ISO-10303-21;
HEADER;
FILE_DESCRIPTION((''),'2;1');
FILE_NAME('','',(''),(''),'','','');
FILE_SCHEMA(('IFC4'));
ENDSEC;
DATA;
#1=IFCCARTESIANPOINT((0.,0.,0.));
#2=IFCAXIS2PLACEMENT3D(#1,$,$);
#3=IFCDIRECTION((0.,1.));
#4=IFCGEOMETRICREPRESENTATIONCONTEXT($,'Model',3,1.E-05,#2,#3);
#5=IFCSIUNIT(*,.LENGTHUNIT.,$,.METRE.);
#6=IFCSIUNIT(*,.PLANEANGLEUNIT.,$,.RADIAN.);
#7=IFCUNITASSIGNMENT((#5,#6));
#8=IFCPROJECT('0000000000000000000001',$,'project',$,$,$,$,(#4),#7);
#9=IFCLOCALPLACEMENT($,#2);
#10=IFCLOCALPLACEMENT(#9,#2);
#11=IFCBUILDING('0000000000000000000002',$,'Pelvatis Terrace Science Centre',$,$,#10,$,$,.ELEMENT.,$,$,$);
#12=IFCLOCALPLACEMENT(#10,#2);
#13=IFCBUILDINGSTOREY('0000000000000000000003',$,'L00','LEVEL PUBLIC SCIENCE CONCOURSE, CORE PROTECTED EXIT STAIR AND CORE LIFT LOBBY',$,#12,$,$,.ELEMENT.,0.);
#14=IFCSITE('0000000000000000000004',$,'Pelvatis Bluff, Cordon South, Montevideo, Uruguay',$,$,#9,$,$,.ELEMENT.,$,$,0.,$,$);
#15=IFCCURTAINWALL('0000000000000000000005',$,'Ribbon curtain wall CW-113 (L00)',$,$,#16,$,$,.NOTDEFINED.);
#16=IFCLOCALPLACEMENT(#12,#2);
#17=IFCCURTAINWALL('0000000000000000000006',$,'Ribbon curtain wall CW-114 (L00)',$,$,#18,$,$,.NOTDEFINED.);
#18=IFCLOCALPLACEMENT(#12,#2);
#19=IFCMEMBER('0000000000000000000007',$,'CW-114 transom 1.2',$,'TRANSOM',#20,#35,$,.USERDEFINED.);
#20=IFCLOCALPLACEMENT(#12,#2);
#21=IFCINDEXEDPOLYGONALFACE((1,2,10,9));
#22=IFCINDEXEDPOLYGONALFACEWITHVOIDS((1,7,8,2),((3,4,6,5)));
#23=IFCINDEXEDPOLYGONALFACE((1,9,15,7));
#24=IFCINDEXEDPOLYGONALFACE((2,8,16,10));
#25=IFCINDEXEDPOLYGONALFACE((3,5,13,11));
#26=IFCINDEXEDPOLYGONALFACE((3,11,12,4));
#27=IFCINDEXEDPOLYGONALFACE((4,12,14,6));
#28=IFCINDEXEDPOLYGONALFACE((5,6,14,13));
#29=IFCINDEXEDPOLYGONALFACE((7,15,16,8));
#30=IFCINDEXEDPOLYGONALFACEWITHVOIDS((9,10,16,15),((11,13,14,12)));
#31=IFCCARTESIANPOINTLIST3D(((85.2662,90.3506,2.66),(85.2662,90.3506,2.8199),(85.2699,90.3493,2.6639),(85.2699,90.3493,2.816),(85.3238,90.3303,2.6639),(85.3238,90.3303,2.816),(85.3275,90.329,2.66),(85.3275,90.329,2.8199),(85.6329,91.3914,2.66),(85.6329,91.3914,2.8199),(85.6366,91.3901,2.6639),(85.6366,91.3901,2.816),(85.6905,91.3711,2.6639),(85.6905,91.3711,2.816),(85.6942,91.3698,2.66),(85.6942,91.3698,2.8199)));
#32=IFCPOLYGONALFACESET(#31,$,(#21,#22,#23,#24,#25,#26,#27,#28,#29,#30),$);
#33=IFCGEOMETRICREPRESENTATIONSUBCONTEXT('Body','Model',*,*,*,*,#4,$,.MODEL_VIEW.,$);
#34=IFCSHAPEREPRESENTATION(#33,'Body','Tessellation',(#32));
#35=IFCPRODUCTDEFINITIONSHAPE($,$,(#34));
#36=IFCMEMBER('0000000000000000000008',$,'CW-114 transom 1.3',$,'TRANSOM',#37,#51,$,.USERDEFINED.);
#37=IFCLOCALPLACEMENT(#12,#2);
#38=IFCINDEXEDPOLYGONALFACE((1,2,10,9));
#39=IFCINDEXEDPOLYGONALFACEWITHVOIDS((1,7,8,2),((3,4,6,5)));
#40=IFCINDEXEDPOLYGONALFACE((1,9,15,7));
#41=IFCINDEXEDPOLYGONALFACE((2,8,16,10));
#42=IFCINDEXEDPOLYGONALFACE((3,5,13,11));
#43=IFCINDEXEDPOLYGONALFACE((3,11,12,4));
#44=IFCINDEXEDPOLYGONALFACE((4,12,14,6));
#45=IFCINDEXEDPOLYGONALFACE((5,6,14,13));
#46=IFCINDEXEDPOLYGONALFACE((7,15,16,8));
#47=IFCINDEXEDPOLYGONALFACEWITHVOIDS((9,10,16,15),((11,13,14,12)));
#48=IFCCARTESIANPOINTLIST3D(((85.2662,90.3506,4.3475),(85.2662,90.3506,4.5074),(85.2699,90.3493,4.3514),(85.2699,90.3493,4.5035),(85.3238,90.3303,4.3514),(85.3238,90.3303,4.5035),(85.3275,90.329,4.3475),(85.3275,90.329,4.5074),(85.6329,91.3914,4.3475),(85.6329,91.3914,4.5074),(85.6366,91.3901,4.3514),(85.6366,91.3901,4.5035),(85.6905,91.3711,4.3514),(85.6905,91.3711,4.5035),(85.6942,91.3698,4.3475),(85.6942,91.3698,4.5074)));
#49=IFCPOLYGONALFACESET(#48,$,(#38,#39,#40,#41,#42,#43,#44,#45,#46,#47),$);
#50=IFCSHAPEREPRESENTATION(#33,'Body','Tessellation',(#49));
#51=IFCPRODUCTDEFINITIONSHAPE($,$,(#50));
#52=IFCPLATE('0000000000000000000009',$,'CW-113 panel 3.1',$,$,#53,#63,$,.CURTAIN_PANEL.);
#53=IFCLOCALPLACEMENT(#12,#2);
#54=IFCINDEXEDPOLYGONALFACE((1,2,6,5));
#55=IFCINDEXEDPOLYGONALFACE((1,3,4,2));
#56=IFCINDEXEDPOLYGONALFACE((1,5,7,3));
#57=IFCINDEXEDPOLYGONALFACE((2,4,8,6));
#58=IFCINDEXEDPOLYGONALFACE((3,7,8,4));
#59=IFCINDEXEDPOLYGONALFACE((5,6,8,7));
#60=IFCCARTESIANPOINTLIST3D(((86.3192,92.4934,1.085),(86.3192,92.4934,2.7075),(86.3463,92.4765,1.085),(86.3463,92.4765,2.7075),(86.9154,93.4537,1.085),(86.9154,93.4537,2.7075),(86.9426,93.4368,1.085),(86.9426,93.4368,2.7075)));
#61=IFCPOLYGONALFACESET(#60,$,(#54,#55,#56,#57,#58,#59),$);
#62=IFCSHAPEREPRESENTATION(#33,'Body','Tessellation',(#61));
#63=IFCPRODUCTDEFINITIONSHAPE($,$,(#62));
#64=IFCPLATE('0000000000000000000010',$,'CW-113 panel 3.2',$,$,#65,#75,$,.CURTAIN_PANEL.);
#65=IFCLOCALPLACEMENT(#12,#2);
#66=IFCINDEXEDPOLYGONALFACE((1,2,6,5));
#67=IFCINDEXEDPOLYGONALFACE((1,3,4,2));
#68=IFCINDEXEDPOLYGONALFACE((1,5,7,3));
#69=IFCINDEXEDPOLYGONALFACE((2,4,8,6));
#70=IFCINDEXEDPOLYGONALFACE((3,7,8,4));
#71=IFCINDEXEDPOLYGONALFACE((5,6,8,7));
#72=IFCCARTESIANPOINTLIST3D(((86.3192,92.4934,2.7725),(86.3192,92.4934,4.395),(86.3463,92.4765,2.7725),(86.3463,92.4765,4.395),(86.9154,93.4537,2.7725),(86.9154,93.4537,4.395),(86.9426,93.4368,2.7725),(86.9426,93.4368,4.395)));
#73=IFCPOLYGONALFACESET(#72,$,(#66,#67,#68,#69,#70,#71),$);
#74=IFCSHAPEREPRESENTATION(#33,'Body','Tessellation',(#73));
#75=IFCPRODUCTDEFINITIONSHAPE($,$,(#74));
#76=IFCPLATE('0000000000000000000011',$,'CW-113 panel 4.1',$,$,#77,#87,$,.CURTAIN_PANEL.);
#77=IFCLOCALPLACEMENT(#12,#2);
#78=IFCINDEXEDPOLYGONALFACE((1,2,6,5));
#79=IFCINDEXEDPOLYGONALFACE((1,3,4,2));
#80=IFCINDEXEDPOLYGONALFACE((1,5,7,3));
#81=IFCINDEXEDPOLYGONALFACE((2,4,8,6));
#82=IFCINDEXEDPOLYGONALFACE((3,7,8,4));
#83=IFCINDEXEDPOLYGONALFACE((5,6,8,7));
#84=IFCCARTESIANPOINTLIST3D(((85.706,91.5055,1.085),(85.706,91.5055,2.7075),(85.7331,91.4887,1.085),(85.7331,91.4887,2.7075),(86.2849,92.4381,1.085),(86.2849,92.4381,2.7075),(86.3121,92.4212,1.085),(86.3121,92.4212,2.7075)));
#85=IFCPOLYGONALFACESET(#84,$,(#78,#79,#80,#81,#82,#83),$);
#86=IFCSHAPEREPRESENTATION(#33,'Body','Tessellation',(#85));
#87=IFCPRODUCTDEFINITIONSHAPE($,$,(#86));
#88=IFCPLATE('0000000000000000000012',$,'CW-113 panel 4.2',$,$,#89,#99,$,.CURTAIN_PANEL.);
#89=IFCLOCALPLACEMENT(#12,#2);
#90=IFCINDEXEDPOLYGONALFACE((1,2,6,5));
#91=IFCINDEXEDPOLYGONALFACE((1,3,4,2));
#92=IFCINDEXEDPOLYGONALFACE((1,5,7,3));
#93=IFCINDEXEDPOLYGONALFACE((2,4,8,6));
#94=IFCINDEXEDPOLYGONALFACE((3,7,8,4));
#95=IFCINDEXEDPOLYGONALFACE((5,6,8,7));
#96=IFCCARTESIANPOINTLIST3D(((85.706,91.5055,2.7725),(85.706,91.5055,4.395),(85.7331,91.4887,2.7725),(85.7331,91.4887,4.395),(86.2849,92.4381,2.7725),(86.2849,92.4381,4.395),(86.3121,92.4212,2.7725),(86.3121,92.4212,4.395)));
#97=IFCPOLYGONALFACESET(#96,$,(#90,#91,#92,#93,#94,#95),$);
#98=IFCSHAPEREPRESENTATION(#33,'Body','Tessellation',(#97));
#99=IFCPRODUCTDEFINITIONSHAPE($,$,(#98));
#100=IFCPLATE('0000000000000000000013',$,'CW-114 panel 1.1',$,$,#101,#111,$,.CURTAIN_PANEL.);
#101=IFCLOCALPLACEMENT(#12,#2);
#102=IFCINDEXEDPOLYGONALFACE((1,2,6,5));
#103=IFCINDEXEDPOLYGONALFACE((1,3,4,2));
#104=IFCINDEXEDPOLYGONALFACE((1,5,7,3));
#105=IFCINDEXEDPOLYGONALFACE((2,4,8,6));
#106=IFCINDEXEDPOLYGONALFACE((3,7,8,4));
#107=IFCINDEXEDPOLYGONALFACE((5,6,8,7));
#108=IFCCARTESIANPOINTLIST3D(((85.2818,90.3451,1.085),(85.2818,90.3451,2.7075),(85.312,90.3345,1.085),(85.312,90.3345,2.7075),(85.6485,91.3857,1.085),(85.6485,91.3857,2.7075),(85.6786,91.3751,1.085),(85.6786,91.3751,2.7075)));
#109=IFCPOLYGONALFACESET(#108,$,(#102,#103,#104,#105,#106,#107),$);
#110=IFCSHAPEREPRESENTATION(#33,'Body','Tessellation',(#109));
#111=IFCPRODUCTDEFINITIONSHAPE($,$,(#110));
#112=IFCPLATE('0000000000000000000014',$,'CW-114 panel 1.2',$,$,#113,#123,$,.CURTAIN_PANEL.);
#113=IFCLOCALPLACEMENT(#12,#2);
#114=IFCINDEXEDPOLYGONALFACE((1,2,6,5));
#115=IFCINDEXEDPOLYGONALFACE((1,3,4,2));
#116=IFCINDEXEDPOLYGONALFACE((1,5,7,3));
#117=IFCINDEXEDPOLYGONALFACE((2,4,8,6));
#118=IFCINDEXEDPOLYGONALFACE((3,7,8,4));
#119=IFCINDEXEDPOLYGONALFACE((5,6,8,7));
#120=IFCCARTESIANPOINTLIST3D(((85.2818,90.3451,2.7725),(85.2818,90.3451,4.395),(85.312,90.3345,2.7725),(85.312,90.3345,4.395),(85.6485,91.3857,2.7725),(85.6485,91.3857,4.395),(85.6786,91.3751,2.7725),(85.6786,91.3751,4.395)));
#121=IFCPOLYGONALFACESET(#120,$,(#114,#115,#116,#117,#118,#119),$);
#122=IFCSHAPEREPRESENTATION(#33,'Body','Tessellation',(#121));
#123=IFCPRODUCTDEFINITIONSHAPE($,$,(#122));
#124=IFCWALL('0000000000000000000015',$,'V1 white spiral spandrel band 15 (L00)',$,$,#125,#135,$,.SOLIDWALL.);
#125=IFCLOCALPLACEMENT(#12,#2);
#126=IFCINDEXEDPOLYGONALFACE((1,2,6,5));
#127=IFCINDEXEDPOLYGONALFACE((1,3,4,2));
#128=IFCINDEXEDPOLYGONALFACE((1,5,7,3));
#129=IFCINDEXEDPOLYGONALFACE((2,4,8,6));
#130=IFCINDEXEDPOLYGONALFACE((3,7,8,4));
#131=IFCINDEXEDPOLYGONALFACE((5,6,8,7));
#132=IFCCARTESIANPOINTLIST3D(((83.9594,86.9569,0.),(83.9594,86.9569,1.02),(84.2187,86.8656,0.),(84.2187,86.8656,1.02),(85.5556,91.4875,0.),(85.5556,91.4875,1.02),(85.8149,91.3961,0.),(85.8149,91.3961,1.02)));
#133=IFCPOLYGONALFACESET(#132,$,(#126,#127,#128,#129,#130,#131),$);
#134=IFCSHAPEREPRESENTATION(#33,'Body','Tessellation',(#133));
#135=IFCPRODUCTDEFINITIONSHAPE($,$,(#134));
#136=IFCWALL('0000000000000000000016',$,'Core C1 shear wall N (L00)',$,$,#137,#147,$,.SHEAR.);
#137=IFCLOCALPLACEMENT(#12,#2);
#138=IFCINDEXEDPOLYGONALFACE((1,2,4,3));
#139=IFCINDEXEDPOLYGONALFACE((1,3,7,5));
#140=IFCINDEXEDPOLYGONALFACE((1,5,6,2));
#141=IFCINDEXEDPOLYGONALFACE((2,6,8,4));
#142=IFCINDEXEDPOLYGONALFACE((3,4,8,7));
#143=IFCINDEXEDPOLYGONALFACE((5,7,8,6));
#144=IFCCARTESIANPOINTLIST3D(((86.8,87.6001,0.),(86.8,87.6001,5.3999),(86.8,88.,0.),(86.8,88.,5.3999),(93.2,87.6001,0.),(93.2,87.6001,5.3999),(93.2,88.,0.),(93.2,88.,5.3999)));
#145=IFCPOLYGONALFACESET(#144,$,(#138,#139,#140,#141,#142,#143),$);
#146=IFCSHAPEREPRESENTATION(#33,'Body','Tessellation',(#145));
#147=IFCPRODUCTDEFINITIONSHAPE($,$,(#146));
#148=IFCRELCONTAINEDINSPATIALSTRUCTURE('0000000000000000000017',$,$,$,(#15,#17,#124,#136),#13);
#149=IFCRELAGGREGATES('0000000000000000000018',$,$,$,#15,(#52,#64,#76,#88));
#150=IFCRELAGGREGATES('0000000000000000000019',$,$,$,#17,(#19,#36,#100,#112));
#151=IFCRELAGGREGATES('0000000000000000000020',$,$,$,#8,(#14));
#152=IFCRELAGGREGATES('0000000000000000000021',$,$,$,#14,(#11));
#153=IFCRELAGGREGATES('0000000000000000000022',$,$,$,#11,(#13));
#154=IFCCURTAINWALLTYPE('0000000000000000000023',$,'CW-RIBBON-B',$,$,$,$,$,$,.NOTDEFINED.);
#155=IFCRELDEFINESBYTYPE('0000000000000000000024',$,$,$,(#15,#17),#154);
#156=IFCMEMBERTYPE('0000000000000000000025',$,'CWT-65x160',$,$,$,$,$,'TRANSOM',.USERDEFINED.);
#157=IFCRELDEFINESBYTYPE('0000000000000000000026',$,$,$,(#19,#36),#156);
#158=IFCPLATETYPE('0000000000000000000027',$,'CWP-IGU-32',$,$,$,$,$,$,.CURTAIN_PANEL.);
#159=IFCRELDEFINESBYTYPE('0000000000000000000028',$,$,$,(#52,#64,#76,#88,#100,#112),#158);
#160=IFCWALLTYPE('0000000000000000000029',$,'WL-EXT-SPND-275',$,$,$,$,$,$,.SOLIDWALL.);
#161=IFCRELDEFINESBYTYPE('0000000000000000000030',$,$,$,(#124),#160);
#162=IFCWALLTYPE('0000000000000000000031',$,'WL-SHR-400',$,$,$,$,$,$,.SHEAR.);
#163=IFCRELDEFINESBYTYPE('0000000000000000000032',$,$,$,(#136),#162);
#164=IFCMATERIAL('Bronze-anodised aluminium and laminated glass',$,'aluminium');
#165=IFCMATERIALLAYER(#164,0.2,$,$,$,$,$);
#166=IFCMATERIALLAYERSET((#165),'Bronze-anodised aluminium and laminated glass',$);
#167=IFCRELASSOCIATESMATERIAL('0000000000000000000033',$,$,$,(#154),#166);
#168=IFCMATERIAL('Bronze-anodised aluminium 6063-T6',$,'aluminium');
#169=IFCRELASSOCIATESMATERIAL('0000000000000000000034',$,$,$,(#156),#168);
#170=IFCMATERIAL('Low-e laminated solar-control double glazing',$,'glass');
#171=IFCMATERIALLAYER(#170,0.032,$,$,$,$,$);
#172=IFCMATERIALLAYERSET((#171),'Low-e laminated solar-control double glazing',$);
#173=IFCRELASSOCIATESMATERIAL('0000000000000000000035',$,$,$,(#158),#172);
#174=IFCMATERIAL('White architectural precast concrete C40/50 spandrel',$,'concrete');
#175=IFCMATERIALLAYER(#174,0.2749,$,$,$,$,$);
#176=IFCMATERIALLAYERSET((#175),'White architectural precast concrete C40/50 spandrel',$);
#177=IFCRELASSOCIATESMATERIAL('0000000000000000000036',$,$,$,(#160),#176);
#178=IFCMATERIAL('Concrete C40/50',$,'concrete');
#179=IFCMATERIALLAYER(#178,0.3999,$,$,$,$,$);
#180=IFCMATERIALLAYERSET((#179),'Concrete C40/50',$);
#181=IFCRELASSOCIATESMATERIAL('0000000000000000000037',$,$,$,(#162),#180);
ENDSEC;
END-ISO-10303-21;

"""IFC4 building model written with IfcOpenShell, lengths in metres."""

from ifc_helpers import new_model, si_unit, direction, frame, frame_2d, origin, origin_2d, place, context, subcontext, project, spatial, rectangle, hollow_rectangle, extrude, material, layer, layer_set, material_profile, profile_set, type_object, element, aggregate, save


model = new_model("IFC4")

# Units and contexts
model_context = context("Model", 3, precision=1e-05, world=origin(), true_north=direction((0.0, 1.0)))
body_context = subcontext(model_context, "Body", "Model", "MODEL_VIEW")
ifc_project = project(units=[si_unit("LENGTHUNIT", "METRE"), si_unit("PLANEANGLEUNIT", "RADIAN")], contexts=[model_context])

# Site, building, storey
site_placement = place(None, origin())
site = spatial("IfcSite", under=ifc_project, at=site_placement, Name="Pelvatis Bluff, Cordon South, Montevideo, Uruguay", CompositionType="ELEMENT", RefElevation=0.0)
building_placement = place(site_placement, origin())
building = spatial("IfcBuilding", under=site, at=building_placement, Name="Pelvatis Terrace Science Centre", CompositionType="ELEMENT")
storey_placement = place(building_placement, origin())
storey = spatial("IfcBuildingStorey", under=building, at=storey_placement, Name="L00", Description="LEVEL PUBLIC SCIENCE CONCOURSE, CORE PROTECTED EXIT STAIR AND CORE LIFT LOBBY", CompositionType="ELEMENT", Elevation=0.0)

# Curtain wall
ifc_material_1 = material(Name="Bronze-anodised aluminium and laminated glass", Category="aluminium")
ifc_layer_1 = layer(ifc_material_1, 0.2)
ifc_layer_set_1 = layer_set([ifc_layer_1], Name="Bronze-anodised aluminium and laminated glass")
curtain_wall_type = type_object("IfcCurtainWallType", Name="CW-RIBBON-B", PredefinedType="NOTDEFINED", material=ifc_layer_set_1)
curtain_wall_1_placement = place(storey_placement, origin())
curtain_wall_1 = element("IfcCurtainWall", 1, at=curtain_wall_1_placement, inside=storey, type_object=curtain_wall_type, Name="Ribbon curtain wall CW-113 (L00)", PredefinedType="NOTDEFINED")

# Curtain wall
curtain_wall_2_placement = place(storey_placement, origin())
curtain_wall_2 = element("IfcCurtainWall", 2, at=curtain_wall_2_placement, inside=storey, type_object=curtain_wall_type, Name="Ribbon curtain wall CW-114 (L00)", PredefinedType="NOTDEFINED")

# Members
ifc_material_2 = material(Name="Bronze-anodised aluminium 6063-T6", Category="aluminium")
ifc_material_profile_1 = material_profile(ifc_material_2, hollow_rectangle(XDim=0.0649, YDim=0.1599, WallThickness=0.0039, at=origin_2d()), Name="ALU-TRN 65x160")
ifc_profile_set_1 = profile_set([ifc_material_profile_1], Name="Bronze-anodised aluminium 6063-T6")
member_type_1 = type_object("IfcMemberType", Name="CWT-65x160", ElementType="TRANSOM", PredefinedType="USERDEFINED", material=ifc_profile_set_1)
member_1_placement = place(storey_placement, frame((85.6636, 91.3806, 2.74), z_axis=(-0.332311, -0.94317, 0.0), x_axis=(0.94317, -0.332311, 0.0)))
member_1 = element("IfcMember", 3, at=member_1_placement, type_object=member_type_1, Name="CW-114 transom 1.2", ObjectType="TRANSOM", PredefinedType="USERDEFINED", context=body_context, shape_type="SweptSolid", body=[
    extrude(hollow_rectangle(XDim=0.0649, YDim=0.1599, WallThickness=0.0039, at=origin_2d()), origin(), (0.0, 0.0, 1.0), 1.1035),
])
member_2_placement = place(storey_placement, frame((85.6636, 91.3806, 4.4275), z_axis=(-0.332311, -0.94317, 0.0), x_axis=(0.94317, -0.332311, 0.0)))
member_2 = element("IfcMember", 4, at=member_2_placement, type_object=member_type_1, Name="CW-114 transom 1.3", ObjectType="TRANSOM", PredefinedType="USERDEFINED", context=body_context, shape_type="SweptSolid", body=[
    extrude(hollow_rectangle(XDim=0.0649, YDim=0.1599, WallThickness=0.0039, at=origin_2d()), origin(), (0.0, 0.0, 1.0), 1.1035),
])

# Plates
ifc_material_3 = material(Name="Low-e laminated solar-control double glazing", Category="glass")
ifc_layer_2 = layer(ifc_material_3, 0.032)
ifc_layer_set_2 = layer_set([ifc_layer_2], Name="Low-e laminated solar-control double glazing")
plate_type = type_object("IfcPlateType", Name="CWP-IGU-32", PredefinedType="CURTAIN_PANEL", material=ifc_layer_set_2)
plate_1_placement = place(storey_placement, frame((86.6309, 92.9651, 1.085), z_axis=(0.0, 0.0, 1.0), x_axis=(-0.527457, -0.849582, 0.0)))
plate_1 = element("IfcPlate", 5, at=plate_1_placement, type_object=plate_type, Name="CW-113 panel 3.1", PredefinedType="CURTAIN_PANEL", context=body_context, shape_type="SweptSolid", body=[
    extrude(rectangle(XDim=1.1304, YDim=0.032, at=origin_2d()), origin(), (0.0, 0.0, 1.0), 1.6226),
])
plate_2_placement = place(storey_placement, frame((86.6309, 92.9651, 2.7725), z_axis=(0.0, 0.0, 1.0), x_axis=(-0.527457, -0.849582, 0.0)))
plate_2 = element("IfcPlate", 6, at=plate_2_placement, type_object=plate_type, Name="CW-113 panel 3.2", PredefinedType="CURTAIN_PANEL", context=body_context, shape_type="SweptSolid", body=[
    extrude(rectangle(XDim=1.1304, YDim=0.032, at=origin_2d()), origin(), (0.0, 0.0, 1.0), 1.6226),
])
plate_3_placement = place(storey_placement, frame((86.009, 91.9634, 1.085), z_axis=(0.0, 0.0, 1.0), x_axis=(-0.527457, -0.849582, 0.0)))
plate_3 = element("IfcPlate", 7, at=plate_3_placement, type_object=plate_type, Name="CW-113 panel 4.1", PredefinedType="CURTAIN_PANEL", context=body_context, shape_type="SweptSolid", body=[
    extrude(rectangle(XDim=1.0977, YDim=0.032, at=origin_2d()), origin(), (0.0, 0.0, 1.0), 1.6226),
])
plate_4_placement = place(storey_placement, frame((86.009, 91.9634, 2.7725), z_axis=(0.0, 0.0, 1.0), x_axis=(-0.527457, -0.849582, 0.0)))
plate_4 = element("IfcPlate", 8, at=plate_4_placement, type_object=plate_type, Name="CW-113 panel 4.2", PredefinedType="CURTAIN_PANEL", context=body_context, shape_type="SweptSolid", body=[
    extrude(rectangle(XDim=1.0977, YDim=0.032, at=origin_2d()), origin(), (0.0, 0.0, 1.0), 1.6226),
])
aggregate(curtain_wall_1, [plate_1, plate_2, plate_3, plate_4])
plate_5_placement = place(storey_placement, frame((85.4802, 90.8601, 1.085), z_axis=(0.0, 0.0, 1.0), x_axis=(-0.332308, -0.943171, 0.0)))
plate_5 = element("IfcPlate", 9, at=plate_5_placement, type_object=plate_type, Name="CW-114 panel 1.1", PredefinedType="CURTAIN_PANEL", context=body_context, shape_type="SweptSolid", body=[
    extrude(rectangle(XDim=1.1033, YDim=0.032, at=origin_2d()), origin(), (0.0, 0.0, 1.0), 1.6226),
])
plate_6_placement = place(storey_placement, frame((85.4802, 90.8601, 2.7725), z_axis=(0.0, 0.0, 1.0), x_axis=(-0.332308, -0.943171, 0.0)))
plate_6 = element("IfcPlate", 10, at=plate_6_placement, type_object=plate_type, Name="CW-114 panel 1.2", PredefinedType="CURTAIN_PANEL", context=body_context, shape_type="SweptSolid", body=[
    extrude(rectangle(XDim=1.1033, YDim=0.032, at=origin_2d()), origin(), (0.0, 0.0, 1.0), 1.6226),
])
aggregate(curtain_wall_2, [member_1, member_2, plate_5, plate_6])

# Walls
ifc_material_4 = material(Name="White architectural precast concrete C40/50 spandrel", Category="concrete")
ifc_layer_3 = layer(ifc_material_4, 0.2749)
ifc_layer_set_3 = layer_set([ifc_layer_3], Name="White architectural precast concrete C40/50 spandrel")
wall_type_1 = type_object("IfcWallType", Name="WL-EXT-SPND-275", PredefinedType="SOLIDWALL", material=ifc_layer_set_3)
wall_1_placement = place(storey_placement, frame((85.6853, 91.4419, 0.0), z_axis=(0.0, 0.0, 1.0), x_axis=(-0.332299, -0.943174, 0.0)))
element("IfcWall", 11, at=wall_1_placement, inside=storey, type_object=wall_type_1, Name="V1 white spiral spandrel band 15 (L00)", PredefinedType="SOLIDWALL", context=body_context, shape_type="SweptSolid", body=[
    extrude(rectangle(XDim=4.8035, YDim=0.2749, at=frame_2d((2.4019, 0.0))), origin(), (0.0, 0.0, 1.0), 1.02),
])
ifc_material_5 = material(Name="Concrete C40/50", Category="concrete")
ifc_layer_4 = layer(ifc_material_5, 0.3999)
ifc_layer_set_4 = layer_set([ifc_layer_4], Name="Concrete C40/50")
wall_type_2 = type_object("IfcWallType", Name="WL-SHR-400", PredefinedType="SHEAR", material=ifc_layer_set_4)
wall_2_placement = place(storey_placement, frame((86.8, 87.8, 0.0), z_axis=(0.0, 0.0, 1.0), x_axis=(1.0, 0.0, 0.0)))
element("IfcWall", 12, at=wall_2_placement, inside=storey, type_object=wall_type_2, Name="Core C1 shear wall N (L00)", PredefinedType="SHEAR", context=body_context, shape_type="SweptSolid", body=[
    extrude(rectangle(XDim=6.3999, YDim=0.3999, at=frame_2d((3.2, 0.0))), origin(), (0.0, 0.0, 1.0), 5.3999),
])

save(model, "model.ifc")
